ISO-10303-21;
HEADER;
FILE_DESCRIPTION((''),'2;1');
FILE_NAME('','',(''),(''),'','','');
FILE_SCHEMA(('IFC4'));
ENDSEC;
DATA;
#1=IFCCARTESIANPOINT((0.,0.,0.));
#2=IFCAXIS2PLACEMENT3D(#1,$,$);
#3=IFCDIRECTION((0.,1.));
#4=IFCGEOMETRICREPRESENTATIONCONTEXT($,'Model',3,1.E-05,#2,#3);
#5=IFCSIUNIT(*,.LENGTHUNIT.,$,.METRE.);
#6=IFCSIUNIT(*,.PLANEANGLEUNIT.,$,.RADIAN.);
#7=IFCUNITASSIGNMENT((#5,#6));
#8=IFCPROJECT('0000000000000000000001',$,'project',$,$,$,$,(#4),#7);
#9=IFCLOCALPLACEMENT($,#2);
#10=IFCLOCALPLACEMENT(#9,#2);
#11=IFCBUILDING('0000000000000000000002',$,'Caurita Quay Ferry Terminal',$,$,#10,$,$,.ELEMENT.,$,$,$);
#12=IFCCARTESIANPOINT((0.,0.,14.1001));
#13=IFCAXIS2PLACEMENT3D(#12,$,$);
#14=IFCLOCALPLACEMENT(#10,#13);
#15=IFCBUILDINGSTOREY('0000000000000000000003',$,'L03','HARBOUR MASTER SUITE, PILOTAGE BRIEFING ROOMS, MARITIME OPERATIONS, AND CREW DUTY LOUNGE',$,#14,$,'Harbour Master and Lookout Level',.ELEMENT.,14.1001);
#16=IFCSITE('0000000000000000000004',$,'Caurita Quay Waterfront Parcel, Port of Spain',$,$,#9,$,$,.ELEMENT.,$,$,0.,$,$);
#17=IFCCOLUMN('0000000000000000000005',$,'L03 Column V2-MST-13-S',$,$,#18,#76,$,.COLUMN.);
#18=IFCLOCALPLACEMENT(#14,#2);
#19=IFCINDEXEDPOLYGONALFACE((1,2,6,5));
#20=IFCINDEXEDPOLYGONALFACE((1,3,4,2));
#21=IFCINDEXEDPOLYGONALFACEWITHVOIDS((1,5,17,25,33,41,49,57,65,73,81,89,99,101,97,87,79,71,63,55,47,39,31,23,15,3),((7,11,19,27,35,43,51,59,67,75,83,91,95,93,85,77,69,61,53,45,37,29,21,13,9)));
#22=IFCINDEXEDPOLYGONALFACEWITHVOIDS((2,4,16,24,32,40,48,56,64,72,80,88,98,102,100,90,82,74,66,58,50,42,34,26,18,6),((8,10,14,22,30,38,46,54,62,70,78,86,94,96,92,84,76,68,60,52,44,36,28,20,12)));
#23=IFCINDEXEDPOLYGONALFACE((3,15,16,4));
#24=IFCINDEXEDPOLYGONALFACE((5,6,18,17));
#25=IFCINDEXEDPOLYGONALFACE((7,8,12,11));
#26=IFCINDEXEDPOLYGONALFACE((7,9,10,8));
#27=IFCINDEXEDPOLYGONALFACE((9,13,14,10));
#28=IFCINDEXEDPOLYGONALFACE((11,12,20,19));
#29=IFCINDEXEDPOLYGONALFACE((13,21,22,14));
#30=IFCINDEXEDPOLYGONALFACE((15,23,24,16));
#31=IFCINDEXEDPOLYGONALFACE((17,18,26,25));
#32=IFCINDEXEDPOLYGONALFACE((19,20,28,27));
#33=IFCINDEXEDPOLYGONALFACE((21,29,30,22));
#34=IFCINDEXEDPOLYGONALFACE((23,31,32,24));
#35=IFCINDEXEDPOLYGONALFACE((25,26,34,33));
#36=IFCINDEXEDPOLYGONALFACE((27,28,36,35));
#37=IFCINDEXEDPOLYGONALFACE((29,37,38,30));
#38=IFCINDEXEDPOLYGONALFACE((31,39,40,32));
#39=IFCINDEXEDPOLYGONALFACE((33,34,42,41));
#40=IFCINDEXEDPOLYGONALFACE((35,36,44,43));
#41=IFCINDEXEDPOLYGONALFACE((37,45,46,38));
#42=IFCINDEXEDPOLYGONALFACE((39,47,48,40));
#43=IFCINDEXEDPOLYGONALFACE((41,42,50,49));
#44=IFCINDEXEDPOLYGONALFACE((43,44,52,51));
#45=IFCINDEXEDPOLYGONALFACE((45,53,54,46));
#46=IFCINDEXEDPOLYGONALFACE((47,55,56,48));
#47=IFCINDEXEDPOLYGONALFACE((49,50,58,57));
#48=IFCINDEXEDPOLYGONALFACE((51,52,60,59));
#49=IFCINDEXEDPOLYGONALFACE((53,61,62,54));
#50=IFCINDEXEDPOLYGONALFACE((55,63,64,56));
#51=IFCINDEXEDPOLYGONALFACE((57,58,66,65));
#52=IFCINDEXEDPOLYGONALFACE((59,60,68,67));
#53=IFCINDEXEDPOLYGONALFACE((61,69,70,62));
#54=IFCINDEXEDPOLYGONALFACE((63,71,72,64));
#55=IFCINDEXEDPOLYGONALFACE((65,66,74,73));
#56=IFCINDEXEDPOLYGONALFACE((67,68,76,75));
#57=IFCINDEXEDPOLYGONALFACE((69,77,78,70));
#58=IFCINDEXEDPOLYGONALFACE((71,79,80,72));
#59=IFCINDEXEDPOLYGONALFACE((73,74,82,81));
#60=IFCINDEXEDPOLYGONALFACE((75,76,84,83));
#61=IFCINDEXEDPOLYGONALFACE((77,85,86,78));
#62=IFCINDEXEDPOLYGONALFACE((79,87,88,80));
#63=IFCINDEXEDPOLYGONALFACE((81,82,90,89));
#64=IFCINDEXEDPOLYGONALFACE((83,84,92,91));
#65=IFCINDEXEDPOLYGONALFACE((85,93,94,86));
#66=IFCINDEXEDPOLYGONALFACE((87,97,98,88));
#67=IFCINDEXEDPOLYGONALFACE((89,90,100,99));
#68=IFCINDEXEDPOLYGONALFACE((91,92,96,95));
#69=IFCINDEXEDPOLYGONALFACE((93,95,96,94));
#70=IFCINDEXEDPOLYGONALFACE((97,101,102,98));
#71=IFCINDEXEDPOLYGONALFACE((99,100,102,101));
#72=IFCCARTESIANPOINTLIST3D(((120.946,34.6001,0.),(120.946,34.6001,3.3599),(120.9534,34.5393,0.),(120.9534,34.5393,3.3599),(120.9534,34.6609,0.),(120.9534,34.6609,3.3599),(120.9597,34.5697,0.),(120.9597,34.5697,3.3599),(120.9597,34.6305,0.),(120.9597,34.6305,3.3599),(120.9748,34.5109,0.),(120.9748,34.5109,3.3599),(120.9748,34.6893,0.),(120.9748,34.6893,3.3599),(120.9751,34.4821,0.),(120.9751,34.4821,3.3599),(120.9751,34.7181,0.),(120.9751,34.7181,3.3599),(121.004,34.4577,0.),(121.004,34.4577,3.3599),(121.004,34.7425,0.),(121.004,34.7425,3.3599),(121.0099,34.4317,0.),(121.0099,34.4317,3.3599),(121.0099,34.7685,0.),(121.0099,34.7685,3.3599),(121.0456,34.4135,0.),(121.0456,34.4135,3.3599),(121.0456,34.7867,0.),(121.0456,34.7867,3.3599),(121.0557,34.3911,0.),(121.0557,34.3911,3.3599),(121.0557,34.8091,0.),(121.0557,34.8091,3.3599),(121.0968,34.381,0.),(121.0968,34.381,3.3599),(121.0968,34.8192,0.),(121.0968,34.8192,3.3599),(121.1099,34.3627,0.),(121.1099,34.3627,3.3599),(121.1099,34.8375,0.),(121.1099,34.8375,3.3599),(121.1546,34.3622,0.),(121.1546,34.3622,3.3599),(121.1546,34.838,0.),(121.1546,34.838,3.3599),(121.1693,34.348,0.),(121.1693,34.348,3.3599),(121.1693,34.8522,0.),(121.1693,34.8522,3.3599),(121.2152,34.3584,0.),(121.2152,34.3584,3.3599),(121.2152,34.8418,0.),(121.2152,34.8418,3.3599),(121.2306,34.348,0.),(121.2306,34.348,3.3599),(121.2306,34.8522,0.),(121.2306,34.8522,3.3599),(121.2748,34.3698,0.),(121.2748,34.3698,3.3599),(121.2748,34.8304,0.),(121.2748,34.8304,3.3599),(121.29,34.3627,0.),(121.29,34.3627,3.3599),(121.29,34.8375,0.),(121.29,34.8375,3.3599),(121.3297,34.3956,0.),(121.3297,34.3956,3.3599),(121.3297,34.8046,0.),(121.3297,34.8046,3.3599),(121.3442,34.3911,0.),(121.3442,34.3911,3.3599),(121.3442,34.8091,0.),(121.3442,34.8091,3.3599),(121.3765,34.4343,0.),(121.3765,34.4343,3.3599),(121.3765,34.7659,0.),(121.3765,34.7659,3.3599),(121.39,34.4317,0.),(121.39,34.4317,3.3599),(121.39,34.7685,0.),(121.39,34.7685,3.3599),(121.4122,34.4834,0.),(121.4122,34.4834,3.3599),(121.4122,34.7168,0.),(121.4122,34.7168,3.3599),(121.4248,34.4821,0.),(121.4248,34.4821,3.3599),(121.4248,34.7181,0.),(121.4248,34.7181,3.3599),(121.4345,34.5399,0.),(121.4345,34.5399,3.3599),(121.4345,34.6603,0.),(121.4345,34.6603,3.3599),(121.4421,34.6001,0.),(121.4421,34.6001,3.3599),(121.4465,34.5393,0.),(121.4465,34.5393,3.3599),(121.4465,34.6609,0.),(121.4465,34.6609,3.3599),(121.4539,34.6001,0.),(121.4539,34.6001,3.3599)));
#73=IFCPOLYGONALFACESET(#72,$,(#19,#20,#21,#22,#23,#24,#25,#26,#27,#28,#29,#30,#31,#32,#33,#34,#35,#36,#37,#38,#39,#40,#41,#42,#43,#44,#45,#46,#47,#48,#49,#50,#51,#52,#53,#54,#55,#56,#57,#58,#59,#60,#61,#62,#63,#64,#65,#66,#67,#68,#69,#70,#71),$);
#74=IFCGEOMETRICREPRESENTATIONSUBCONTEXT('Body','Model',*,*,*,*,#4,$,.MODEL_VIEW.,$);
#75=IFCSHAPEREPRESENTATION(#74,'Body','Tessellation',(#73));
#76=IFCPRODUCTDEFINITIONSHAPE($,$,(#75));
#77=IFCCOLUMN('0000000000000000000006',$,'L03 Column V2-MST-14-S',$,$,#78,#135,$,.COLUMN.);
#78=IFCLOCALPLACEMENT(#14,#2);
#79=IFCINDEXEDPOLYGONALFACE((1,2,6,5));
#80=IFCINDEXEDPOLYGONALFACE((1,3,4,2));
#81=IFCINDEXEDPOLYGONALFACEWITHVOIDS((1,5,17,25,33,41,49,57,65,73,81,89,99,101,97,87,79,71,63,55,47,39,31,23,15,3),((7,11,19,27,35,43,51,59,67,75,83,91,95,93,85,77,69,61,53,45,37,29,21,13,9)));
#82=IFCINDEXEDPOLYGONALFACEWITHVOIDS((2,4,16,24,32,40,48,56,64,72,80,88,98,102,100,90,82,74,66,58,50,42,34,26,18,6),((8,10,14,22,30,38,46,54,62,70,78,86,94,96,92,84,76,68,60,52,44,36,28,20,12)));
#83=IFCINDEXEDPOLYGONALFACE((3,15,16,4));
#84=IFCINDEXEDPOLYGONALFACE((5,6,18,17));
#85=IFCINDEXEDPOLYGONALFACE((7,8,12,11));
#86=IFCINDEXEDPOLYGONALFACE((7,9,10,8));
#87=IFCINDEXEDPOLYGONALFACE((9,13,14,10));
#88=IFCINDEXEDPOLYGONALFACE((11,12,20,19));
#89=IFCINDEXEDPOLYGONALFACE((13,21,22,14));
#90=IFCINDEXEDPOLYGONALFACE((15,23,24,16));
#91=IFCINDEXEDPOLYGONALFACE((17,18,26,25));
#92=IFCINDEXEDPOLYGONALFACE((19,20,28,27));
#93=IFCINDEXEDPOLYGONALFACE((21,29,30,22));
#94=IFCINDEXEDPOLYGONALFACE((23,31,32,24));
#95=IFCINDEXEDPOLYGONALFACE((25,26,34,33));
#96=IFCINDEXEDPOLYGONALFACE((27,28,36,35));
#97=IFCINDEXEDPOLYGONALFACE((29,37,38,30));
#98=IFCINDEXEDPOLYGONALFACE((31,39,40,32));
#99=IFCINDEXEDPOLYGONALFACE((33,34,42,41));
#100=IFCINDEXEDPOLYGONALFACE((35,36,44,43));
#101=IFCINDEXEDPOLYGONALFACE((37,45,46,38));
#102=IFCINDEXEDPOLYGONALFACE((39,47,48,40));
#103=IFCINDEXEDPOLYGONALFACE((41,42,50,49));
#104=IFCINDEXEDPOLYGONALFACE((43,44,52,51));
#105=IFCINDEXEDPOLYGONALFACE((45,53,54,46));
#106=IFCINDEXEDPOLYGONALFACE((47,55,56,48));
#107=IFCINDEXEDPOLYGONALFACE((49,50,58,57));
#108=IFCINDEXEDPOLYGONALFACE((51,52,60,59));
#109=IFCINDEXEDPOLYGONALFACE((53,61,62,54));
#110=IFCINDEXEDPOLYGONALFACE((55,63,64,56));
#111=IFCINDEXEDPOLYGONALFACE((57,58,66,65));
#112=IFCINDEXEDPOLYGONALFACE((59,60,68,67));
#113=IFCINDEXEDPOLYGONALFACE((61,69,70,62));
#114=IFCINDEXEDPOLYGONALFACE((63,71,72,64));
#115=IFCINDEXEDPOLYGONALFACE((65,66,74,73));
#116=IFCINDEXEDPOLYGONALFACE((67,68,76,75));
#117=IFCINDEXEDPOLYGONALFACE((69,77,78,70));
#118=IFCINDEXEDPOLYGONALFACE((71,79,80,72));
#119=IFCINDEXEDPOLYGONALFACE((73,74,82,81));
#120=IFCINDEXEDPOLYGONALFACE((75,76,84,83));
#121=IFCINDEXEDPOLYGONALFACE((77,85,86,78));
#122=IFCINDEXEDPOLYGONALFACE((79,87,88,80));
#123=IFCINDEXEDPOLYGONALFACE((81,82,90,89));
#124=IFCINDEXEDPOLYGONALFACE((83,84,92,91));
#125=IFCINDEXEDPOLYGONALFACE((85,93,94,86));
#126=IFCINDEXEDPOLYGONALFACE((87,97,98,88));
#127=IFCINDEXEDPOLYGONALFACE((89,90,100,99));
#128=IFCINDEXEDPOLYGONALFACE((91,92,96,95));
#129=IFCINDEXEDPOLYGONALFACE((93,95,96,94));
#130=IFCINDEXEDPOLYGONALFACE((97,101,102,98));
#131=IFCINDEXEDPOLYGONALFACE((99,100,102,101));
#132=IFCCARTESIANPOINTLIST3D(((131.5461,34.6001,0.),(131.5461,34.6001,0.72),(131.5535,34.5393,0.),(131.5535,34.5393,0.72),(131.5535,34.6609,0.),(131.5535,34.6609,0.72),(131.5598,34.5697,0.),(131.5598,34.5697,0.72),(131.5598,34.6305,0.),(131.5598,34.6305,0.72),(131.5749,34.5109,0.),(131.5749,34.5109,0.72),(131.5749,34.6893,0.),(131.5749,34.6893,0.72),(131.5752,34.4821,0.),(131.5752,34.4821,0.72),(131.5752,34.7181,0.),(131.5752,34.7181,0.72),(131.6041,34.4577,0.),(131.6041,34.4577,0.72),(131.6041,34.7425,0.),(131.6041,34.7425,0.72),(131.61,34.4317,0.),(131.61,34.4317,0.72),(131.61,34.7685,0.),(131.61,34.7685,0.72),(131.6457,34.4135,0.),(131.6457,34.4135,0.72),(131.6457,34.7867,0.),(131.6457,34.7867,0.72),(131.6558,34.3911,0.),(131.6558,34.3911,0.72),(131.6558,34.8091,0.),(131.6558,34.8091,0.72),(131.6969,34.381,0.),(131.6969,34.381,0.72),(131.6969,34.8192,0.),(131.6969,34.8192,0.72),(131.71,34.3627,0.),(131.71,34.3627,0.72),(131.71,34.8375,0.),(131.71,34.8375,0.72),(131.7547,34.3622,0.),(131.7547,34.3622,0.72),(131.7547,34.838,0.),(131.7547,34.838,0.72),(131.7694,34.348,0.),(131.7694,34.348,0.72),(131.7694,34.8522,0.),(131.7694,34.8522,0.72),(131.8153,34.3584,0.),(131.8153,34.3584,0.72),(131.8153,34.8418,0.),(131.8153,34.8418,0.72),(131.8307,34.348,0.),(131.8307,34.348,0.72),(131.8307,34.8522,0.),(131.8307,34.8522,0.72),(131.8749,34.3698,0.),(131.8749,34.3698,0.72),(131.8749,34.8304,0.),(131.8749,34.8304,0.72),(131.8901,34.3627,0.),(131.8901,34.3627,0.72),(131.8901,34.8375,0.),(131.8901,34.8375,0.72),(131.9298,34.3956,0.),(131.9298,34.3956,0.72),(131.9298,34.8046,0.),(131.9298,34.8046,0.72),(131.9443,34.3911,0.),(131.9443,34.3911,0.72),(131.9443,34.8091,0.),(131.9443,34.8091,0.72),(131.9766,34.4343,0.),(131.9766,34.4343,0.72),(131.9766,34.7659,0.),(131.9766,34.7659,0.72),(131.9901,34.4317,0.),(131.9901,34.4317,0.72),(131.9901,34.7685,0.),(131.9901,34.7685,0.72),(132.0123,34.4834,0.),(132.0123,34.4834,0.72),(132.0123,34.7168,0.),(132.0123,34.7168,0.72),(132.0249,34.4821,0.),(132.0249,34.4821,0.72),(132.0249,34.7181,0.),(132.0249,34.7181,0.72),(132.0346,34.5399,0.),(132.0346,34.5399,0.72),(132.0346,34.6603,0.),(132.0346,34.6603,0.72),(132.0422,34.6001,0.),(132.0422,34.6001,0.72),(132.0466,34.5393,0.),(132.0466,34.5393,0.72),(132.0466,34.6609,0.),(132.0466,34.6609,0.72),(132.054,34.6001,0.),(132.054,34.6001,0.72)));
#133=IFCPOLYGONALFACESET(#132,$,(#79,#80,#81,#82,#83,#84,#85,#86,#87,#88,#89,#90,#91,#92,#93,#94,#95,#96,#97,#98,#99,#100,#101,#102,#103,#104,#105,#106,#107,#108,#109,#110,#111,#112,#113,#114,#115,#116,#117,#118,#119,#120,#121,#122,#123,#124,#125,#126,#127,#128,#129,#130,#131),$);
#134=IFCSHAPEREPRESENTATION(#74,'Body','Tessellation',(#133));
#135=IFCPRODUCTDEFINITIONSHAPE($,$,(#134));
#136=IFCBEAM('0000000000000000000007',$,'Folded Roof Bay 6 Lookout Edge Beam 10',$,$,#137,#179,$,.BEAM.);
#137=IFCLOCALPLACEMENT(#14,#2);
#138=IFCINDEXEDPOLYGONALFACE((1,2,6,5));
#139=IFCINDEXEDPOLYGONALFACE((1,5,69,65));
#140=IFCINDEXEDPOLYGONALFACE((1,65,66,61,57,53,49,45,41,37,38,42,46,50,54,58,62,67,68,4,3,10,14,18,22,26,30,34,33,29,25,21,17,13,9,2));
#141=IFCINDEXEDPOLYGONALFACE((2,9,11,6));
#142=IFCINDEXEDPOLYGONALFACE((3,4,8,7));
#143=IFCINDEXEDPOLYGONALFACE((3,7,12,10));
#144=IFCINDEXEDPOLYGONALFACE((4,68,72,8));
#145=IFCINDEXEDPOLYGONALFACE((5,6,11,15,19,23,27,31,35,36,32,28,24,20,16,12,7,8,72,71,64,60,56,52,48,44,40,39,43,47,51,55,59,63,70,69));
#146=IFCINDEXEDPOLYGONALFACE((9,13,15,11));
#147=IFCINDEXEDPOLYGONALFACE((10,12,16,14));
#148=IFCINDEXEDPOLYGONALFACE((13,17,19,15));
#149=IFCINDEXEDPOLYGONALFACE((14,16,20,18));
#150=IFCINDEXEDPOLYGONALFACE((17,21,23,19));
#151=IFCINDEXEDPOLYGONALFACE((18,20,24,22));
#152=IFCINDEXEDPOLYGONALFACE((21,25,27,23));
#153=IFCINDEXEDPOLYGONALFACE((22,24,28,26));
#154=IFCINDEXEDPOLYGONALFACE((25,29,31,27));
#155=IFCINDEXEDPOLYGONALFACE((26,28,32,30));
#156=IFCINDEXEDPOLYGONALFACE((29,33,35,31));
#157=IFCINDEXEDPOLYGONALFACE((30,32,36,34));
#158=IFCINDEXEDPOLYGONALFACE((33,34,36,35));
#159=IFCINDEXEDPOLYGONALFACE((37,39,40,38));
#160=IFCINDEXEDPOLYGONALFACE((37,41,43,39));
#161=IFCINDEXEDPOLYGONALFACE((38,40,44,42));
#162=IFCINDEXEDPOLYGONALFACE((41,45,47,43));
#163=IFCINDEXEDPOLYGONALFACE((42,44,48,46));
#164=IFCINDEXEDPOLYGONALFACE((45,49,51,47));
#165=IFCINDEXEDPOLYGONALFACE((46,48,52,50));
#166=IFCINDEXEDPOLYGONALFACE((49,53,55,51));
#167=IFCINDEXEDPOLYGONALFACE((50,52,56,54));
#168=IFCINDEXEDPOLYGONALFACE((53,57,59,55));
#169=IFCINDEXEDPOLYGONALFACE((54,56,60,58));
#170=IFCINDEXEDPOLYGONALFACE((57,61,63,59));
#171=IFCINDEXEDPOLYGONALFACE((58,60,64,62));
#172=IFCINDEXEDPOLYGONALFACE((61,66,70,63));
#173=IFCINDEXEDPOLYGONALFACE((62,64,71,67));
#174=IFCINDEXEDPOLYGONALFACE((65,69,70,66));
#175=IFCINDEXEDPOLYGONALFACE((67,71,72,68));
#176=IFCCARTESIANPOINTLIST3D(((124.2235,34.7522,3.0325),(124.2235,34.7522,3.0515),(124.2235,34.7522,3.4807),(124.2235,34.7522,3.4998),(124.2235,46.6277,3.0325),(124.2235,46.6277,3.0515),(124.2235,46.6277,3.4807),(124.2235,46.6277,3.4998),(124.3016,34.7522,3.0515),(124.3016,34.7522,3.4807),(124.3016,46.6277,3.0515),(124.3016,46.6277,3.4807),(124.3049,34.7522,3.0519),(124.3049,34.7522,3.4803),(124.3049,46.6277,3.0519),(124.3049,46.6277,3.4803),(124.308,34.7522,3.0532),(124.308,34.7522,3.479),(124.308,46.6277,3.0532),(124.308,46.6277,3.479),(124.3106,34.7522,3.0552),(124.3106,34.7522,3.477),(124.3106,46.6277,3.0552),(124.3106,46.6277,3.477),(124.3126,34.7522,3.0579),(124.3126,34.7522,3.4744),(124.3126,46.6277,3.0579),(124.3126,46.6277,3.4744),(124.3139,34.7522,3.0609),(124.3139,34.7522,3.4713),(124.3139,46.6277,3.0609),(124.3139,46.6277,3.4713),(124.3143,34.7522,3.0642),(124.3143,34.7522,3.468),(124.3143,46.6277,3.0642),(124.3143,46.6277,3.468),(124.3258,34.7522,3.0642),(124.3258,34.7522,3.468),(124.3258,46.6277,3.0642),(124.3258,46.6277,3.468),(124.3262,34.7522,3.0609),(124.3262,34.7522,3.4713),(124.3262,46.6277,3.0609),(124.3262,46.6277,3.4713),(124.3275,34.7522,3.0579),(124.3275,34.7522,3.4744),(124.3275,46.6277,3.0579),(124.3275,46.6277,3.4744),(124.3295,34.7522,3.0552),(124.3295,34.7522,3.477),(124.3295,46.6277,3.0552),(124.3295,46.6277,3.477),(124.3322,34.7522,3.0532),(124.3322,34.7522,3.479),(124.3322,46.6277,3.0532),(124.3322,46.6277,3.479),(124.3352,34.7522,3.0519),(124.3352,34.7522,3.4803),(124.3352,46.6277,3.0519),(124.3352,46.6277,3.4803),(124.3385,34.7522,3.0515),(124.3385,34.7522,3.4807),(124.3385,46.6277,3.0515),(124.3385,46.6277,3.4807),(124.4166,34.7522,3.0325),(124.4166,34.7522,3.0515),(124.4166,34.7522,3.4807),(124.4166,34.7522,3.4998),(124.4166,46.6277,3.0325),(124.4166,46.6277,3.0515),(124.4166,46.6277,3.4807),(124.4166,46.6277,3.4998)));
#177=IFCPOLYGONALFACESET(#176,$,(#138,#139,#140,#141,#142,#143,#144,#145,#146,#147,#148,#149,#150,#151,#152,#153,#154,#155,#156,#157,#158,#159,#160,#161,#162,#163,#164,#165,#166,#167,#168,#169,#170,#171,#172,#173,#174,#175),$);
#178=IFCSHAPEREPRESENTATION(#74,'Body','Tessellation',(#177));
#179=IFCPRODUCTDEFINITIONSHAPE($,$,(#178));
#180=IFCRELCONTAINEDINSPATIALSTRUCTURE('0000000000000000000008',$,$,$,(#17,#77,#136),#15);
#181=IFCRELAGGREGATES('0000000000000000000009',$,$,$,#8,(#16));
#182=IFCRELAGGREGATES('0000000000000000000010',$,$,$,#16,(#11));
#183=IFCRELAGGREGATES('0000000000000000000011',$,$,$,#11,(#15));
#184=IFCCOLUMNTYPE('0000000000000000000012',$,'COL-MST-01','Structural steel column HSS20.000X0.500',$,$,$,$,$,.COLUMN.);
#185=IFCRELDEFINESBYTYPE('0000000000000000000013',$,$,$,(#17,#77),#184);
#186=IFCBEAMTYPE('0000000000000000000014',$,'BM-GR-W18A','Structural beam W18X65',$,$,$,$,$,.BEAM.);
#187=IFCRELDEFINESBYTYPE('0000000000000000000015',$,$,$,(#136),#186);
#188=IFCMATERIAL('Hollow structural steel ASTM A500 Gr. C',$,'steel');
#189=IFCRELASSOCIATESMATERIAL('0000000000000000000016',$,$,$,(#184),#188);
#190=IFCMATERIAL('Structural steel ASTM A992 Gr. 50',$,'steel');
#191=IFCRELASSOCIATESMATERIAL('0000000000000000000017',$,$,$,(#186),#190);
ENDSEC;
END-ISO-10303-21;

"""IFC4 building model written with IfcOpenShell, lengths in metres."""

from ifc_helpers import new_model, si_unit, direction, frame, origin, origin_2d, place, context, subcontext, project, spatial, hollow_circle, i_section, extrude, material, material_profile, profile_set, type_object, element, save


model = new_model("IFC4")

# Units and contexts
model_context = context("Model", 3, precision=1e-05, world=origin(), true_north=direction((0.0, 1.0)))
body_context = subcontext(model_context, "Body", "Model", "MODEL_VIEW")
ifc_project = project(units=[si_unit("LENGTHUNIT", "METRE"), si_unit("PLANEANGLEUNIT", "RADIAN")], contexts=[model_context])

# Site, building, storey
site_placement = place(None, origin())
site = spatial("IfcSite", under=ifc_project, at=site_placement, Name="Caurita Quay Waterfront Parcel, Port of Spain", CompositionType="ELEMENT", RefElevation=0.0)
building_placement = place(site_placement, origin())
building = spatial("IfcBuilding", under=site, at=building_placement, Name="Caurita Quay Ferry Terminal", CompositionType="ELEMENT")
storey_placement = place(building_placement, frame((0.0, 0.0, 14.1001)))
storey = spatial("IfcBuildingStorey", under=building, at=storey_placement, Name="L03", Description="HARBOUR MASTER SUITE, PILOTAGE BRIEFING ROOMS, MARITIME OPERATIONS, AND CREW DUTY LOUNGE", LongName="Harbour Master and Lookout Level", CompositionType="ELEMENT", Elevation=14.1001)

# Columns
ifc_material_1 = material(Name="Hollow structural steel ASTM A500 Gr. C", Category="steel")
ifc_material_profile_1 = material_profile(ifc_material_1, hollow_circle(Radius=0.2539, WallThickness=0.0117, at=origin_2d()), Name="HSS20.000X0.500")
ifc_profile_set_1 = profile_set([ifc_material_profile_1], Name="Hollow structural steel ASTM A500 Gr. C")
column_type = type_object("IfcColumnType", Name="COL-MST-01", Description="Structural steel column HSS20.000X0.500", PredefinedType="COLUMN", material=ifc_profile_set_1)
column_1_placement = place(storey_placement, frame((121.2, 34.6001, 0.0), z_axis=(0.0, 0.0, 1.0), x_axis=(1.0, 0.0, 0.0)))
element("IfcColumn", 1, at=column_1_placement, inside=storey, type_object=column_type, Name="L03 Column V2-MST-13-S", PredefinedType="COLUMN", context=body_context, shape_type="SweptSolid", body=[
    extrude(hollow_circle(Radius=0.2539, WallThickness=0.0117, at=origin_2d()), origin(), (0.0, 0.0, 1.0), 3.3599),
])
column_2_placement = place(storey_placement, frame((131.8, 34.6001, 0.0), z_axis=(0.0, 0.0, 1.0), x_axis=(1.0, 0.0, 0.0)))
element("IfcColumn", 2, at=column_2_placement, inside=storey, type_object=column_type, Name="L03 Column V2-MST-14-S", PredefinedType="COLUMN", context=body_context, shape_type="SweptSolid", body=[
    extrude(hollow_circle(Radius=0.2539, WallThickness=0.0117, at=origin_2d()), origin(), (0.0, 0.0, 1.0), 0.72),
])

# Beam
ifc_material_2 = material(Name="Structural steel ASTM A992 Gr. 50", Category="steel")
ifc_material_profile_2 = material_profile(ifc_material_2, i_section(OverallWidth=0.1931, OverallDepth=0.4673, WebThickness=0.0115, FlangeThickness=0.019, FilletRadius=0.0127, at=origin_2d()), Name="W18X65")
ifc_profile_set_2 = profile_set([ifc_material_profile_2], Name="Structural steel ASTM A992 Gr. 50")
beam_type_1 = type_object("IfcBeamType", Name="BM-GR-W18A", Description="Structural beam W18X65", PredefinedType="BEAM", material=ifc_profile_set_2)
beam_1_placement = place(storey_placement, frame((124.3201, 46.6277, 3.2661), z_axis=(0.0, -1.0, 0.0), x_axis=(1.0, 0.0, 0.0)))
element("IfcBeam", 3, at=beam_1_placement, inside=storey, type_object=beam_type_1, Name="Folded Roof Bay 6 Lookout Edge Beam 10", PredefinedType="BEAM", context=body_context, shape_type="SweptSolid", body=[
    extrude(i_section(OverallWidth=0.1931, OverallDepth=0.4673, WebThickness=0.0115, FlangeThickness=0.019, FilletRadius=0.0127, at=origin_2d()), origin(), (0.0, 0.0, 1.0), 11.8755),
])

save(model, "model.ifc")
